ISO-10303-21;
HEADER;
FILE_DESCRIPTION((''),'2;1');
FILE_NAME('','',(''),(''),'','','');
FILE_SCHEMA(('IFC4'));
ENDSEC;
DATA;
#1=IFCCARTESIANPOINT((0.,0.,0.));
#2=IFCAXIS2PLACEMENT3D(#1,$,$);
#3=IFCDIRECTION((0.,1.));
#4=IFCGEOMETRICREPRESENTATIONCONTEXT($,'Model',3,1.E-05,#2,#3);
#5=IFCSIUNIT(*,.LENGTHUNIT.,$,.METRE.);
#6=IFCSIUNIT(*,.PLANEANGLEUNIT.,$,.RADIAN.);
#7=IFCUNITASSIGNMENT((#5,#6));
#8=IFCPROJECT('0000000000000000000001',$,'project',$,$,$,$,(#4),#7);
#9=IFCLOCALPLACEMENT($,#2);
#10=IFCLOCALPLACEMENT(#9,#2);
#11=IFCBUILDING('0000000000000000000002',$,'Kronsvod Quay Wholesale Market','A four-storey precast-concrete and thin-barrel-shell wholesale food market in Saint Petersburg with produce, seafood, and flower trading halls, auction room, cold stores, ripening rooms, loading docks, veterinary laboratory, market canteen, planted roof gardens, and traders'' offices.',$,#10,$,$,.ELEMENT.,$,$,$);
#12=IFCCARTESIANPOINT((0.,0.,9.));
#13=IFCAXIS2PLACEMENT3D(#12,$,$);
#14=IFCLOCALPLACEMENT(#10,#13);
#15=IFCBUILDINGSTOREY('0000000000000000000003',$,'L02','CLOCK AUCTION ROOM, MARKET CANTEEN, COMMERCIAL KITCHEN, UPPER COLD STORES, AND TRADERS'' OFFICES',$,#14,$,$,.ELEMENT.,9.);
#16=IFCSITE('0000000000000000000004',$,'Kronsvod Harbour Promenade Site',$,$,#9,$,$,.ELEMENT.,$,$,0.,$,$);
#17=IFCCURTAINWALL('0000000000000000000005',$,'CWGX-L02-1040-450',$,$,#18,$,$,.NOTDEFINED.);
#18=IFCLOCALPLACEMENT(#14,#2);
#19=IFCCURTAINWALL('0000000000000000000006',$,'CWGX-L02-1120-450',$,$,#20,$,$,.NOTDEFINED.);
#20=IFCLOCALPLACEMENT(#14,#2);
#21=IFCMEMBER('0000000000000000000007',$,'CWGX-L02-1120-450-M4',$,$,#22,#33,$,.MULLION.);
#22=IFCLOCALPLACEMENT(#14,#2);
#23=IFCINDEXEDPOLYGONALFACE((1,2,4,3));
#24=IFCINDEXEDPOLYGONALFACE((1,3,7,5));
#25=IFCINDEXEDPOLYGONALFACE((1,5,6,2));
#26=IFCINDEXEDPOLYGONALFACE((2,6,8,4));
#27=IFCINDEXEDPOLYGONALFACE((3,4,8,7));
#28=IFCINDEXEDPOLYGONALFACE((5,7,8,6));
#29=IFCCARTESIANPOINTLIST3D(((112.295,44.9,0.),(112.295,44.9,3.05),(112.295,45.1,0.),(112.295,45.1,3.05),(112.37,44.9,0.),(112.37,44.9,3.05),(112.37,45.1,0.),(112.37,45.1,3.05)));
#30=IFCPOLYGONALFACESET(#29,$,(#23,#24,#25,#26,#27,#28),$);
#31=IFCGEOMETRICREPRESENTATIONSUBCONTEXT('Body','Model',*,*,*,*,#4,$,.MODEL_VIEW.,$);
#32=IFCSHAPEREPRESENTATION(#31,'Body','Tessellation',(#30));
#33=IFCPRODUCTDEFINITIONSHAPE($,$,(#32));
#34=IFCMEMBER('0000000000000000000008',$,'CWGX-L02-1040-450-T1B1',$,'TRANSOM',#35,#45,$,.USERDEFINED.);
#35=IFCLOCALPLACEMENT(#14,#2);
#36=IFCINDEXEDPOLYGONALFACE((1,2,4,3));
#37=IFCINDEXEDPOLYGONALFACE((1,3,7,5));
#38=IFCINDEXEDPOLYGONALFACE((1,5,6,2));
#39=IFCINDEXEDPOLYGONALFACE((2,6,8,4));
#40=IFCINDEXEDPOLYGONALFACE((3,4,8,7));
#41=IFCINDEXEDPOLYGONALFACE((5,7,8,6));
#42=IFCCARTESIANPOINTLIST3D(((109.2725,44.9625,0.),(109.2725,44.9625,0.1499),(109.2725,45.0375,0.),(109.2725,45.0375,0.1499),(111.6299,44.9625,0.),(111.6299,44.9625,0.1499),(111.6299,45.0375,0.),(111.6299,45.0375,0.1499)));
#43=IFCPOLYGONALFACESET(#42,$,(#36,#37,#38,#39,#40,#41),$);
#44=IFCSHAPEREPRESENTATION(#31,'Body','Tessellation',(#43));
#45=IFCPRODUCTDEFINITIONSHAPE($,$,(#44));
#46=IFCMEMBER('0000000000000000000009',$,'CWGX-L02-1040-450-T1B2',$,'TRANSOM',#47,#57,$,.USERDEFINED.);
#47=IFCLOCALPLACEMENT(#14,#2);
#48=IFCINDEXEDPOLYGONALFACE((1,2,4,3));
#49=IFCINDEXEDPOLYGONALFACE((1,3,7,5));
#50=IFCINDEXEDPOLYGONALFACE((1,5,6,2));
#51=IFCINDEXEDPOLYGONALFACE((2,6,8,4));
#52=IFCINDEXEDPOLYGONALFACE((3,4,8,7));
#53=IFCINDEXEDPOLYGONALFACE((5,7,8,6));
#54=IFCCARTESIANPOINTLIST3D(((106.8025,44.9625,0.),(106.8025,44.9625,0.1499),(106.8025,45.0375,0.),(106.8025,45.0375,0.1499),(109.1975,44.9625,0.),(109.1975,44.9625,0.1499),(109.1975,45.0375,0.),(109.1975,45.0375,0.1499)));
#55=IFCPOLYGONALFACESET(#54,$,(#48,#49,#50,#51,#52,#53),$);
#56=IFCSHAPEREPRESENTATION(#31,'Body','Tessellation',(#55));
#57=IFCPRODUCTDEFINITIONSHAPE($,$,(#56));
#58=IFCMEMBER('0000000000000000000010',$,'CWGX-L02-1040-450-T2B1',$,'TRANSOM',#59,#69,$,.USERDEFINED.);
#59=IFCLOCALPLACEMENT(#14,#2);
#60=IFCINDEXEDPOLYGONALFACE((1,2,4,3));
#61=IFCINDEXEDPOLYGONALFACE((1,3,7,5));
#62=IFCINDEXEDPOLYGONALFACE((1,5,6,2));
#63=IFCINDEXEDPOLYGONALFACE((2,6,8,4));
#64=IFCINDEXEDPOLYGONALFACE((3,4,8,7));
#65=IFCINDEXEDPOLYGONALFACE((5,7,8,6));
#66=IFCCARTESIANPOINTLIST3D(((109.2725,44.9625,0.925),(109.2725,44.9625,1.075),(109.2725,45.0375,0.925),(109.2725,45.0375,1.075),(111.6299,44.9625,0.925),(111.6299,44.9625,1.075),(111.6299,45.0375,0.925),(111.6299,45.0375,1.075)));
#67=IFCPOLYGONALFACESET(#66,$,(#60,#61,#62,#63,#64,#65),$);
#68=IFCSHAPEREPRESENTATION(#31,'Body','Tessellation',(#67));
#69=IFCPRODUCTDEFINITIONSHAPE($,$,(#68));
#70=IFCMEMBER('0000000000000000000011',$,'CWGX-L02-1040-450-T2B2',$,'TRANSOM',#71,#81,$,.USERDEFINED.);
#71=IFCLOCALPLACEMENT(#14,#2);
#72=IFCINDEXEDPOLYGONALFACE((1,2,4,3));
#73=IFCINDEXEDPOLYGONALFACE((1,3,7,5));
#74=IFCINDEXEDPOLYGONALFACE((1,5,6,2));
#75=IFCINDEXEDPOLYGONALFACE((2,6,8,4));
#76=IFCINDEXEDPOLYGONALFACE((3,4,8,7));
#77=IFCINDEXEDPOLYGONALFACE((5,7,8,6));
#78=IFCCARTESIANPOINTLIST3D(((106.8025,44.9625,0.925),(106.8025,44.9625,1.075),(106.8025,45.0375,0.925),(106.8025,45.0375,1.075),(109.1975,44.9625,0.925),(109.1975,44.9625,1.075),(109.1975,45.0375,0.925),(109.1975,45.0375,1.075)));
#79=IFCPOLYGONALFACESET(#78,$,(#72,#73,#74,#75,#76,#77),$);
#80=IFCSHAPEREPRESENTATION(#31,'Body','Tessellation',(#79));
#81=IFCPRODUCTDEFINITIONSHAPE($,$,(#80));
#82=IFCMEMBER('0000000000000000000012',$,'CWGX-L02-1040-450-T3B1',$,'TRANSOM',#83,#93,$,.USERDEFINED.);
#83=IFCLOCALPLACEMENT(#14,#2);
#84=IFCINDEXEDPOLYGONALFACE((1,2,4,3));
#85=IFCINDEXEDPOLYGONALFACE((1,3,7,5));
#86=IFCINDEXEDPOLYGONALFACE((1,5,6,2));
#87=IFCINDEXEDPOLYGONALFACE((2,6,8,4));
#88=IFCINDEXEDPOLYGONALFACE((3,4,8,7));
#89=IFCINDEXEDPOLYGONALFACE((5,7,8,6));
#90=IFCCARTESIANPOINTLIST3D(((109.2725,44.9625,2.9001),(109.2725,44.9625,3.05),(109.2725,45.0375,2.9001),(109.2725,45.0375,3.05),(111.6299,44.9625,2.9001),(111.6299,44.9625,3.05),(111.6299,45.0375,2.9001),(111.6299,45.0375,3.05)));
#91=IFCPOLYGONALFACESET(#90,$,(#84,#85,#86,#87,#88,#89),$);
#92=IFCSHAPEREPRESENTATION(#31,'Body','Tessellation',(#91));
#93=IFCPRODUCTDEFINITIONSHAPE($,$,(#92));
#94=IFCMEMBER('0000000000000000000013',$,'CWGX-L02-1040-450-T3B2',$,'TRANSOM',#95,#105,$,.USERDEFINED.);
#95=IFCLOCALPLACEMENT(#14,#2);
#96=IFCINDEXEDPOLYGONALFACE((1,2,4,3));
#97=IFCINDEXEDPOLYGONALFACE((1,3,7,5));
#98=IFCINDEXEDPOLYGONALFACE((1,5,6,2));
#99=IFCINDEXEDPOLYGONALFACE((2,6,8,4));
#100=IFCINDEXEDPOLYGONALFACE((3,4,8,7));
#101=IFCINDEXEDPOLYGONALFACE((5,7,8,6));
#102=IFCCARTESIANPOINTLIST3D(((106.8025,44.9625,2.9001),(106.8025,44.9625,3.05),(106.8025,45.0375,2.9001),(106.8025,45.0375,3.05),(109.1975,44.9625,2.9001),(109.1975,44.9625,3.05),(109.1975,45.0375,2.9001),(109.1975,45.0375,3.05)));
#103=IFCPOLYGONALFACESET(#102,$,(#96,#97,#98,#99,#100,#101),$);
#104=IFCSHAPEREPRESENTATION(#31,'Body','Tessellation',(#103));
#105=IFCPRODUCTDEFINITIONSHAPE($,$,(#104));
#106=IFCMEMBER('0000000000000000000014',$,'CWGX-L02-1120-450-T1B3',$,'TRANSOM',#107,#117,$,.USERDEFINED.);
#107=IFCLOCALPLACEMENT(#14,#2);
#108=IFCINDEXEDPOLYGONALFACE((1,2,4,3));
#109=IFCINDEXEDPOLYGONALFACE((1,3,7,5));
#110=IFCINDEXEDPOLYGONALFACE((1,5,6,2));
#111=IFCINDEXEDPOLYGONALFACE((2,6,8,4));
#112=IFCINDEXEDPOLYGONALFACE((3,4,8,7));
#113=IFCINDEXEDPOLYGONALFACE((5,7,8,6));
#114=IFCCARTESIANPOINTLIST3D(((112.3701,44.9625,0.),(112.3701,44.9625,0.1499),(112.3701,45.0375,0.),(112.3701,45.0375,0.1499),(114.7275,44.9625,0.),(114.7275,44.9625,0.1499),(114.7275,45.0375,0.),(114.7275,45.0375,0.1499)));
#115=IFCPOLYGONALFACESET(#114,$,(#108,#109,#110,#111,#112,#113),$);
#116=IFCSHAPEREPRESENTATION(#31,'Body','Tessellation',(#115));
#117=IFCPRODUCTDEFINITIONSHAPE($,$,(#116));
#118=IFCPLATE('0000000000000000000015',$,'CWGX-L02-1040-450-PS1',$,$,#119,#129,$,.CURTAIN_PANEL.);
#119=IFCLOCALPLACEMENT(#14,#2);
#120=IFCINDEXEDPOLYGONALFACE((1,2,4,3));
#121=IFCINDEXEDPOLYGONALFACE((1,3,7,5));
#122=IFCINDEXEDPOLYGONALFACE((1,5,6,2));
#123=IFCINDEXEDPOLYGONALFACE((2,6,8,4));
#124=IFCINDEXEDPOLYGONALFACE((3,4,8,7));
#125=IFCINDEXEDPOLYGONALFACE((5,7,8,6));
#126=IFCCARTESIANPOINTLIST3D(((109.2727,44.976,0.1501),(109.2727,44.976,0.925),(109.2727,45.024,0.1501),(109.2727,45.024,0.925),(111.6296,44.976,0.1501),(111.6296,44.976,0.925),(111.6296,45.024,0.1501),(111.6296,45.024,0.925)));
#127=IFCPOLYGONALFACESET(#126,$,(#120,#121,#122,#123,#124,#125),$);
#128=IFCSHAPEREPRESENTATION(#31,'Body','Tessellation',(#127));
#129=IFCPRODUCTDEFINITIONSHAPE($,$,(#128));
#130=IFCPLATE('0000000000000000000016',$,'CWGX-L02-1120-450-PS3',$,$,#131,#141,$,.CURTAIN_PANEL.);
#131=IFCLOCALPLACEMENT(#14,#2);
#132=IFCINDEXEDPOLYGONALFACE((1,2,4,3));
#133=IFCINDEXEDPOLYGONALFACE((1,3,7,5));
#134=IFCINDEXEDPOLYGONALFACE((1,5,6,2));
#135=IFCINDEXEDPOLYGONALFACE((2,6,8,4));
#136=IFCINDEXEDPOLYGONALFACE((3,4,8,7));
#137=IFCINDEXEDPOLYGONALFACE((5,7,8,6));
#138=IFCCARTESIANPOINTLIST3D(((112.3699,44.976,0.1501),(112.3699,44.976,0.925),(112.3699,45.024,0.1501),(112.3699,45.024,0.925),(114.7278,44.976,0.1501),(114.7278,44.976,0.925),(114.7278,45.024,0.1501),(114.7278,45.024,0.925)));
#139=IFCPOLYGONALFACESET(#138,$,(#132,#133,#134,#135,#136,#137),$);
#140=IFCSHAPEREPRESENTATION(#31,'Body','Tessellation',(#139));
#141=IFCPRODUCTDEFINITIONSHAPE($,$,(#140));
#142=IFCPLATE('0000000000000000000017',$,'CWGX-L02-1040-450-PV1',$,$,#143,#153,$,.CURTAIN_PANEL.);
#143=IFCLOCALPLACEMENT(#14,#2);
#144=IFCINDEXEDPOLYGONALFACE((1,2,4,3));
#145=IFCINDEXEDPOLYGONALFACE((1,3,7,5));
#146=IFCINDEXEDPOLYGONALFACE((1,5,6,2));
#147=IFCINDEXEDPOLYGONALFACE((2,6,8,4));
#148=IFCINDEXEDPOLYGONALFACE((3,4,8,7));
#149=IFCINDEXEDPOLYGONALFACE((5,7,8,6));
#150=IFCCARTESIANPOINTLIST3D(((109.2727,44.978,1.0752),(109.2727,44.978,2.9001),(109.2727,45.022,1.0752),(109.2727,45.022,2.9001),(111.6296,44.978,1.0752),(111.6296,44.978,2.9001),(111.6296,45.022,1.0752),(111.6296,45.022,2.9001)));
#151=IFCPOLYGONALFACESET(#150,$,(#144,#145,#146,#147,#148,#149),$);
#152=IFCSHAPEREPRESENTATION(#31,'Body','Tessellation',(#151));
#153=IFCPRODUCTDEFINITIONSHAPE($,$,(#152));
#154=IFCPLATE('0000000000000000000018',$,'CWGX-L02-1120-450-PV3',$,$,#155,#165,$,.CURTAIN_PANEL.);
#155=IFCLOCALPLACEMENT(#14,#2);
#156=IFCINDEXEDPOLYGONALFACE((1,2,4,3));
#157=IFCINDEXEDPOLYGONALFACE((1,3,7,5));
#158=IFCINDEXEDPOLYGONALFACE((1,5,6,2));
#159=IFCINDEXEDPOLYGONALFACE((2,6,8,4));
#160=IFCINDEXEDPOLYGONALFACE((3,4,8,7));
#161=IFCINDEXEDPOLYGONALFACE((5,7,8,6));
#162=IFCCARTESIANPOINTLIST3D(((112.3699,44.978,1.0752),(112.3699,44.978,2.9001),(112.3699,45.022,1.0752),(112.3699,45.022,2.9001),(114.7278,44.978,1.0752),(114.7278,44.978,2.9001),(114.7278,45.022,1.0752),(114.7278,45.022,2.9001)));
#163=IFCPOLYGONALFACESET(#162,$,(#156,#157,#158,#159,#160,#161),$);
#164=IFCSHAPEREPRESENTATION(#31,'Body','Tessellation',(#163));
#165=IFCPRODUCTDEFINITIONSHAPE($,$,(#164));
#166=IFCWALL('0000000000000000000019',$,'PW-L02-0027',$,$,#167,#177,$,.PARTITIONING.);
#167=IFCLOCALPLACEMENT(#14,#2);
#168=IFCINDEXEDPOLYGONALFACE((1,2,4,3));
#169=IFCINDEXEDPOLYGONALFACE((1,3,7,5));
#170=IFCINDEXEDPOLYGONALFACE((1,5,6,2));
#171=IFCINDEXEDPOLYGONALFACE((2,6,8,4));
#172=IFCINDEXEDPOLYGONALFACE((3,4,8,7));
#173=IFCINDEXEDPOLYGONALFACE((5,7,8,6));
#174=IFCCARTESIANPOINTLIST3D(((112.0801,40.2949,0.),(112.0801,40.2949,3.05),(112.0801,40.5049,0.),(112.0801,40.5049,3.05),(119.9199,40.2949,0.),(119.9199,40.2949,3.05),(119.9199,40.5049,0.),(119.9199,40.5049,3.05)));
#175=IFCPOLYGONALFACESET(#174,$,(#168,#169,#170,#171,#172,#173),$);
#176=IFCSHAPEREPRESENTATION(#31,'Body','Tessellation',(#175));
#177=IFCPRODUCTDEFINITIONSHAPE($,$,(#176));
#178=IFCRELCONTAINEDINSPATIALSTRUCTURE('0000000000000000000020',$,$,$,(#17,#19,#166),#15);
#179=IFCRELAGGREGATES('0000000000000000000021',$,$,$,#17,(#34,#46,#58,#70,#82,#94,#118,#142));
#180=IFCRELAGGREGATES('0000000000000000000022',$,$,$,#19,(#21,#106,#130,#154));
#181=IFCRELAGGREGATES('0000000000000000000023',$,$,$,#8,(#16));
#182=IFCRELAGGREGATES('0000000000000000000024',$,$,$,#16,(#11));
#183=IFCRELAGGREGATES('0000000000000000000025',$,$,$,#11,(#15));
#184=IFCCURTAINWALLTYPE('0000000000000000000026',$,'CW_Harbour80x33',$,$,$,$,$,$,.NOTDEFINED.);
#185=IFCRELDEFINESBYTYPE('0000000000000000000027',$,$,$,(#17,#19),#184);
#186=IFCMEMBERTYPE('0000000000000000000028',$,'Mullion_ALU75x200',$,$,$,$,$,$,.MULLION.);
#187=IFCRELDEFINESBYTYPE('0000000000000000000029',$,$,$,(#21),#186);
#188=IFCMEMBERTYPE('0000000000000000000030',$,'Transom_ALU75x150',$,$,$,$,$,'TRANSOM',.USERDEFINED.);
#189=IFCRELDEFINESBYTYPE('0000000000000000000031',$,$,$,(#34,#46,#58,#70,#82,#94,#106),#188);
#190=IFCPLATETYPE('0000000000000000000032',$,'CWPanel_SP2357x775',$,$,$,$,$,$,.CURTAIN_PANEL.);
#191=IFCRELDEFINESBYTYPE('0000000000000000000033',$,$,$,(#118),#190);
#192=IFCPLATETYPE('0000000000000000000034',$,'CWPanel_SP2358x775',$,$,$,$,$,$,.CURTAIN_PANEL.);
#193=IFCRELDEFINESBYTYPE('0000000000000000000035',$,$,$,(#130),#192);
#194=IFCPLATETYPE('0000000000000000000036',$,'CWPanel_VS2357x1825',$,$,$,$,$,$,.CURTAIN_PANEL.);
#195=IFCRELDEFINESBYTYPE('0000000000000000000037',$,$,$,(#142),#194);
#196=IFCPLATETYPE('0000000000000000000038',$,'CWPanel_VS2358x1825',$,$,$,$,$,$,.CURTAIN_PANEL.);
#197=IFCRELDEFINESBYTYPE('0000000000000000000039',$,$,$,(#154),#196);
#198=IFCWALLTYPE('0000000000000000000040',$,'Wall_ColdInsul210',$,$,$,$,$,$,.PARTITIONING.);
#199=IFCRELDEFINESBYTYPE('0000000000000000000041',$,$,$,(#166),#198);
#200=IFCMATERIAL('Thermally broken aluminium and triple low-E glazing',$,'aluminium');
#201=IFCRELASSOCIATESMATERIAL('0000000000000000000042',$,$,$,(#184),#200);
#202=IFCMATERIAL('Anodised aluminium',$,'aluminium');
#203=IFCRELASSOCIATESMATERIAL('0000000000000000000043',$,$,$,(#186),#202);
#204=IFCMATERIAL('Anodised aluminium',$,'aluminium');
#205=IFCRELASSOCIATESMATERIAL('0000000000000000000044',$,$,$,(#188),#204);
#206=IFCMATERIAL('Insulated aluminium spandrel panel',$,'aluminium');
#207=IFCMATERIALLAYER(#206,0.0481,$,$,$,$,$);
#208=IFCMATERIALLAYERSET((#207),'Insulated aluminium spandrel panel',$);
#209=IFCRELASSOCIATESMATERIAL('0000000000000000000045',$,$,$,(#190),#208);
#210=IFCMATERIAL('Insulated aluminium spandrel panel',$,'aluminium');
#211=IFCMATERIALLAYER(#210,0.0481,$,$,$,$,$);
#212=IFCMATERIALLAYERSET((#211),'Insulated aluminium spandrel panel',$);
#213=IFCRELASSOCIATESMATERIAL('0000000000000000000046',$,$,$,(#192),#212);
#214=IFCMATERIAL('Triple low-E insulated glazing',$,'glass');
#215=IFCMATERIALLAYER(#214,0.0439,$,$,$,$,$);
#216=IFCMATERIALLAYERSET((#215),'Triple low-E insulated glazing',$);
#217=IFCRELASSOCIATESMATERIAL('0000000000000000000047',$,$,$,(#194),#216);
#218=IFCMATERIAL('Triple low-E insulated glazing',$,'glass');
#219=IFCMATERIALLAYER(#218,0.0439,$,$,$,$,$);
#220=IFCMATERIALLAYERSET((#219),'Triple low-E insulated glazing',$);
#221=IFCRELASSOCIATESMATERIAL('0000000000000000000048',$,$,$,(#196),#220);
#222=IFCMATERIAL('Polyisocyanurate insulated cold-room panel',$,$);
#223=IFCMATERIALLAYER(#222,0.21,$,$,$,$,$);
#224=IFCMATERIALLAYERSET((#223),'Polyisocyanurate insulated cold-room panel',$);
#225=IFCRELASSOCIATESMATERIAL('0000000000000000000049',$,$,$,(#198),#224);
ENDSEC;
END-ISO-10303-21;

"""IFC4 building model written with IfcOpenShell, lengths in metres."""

from ifc_helpers import new_model, si_unit, direction, frame, frame_2d, origin, origin_2d, place, context, subcontext, project, spatial, rectangle, extrude, material, layer, layer_set, material_profile, profile_set, type_object, element, aggregate, save


model = new_model("IFC4")

# Units and contexts
model_context = context("Model", 3, precision=1e-05, world=origin(), true_north=direction((0.0, 1.0)))
body_context = subcontext(model_context, "Body", "Model", "MODEL_VIEW")
ifc_project = project(units=[si_unit("LENGTHUNIT", "METRE"), si_unit("PLANEANGLEUNIT", "RADIAN")], contexts=[model_context])

# Site, building, storey
site_placement = place(None, origin())
site = spatial("IfcSite", under=ifc_project, at=site_placement, Name="Kronsvod Harbour Promenade Site", CompositionType="ELEMENT", RefElevation=0.0)
building_placement = place(site_placement, origin())
building = spatial("IfcBuilding", under=site, at=building_placement, Name="Kronsvod Quay Wholesale Market", Description="A four-storey precast-concrete and thin-barrel-shell wholesale food market in Saint Petersburg with produce, seafood, and flower trading halls, auction room, cold stores, ripening rooms, loading docks, veterinary laboratory, market canteen, planted roof gardens, and traders' offices.", CompositionType="ELEMENT")
storey_placement = place(building_placement, frame((0.0, 0.0, 9.0)))
storey = spatial("IfcBuildingStorey", under=building, at=storey_placement, Name="L02", Description="CLOCK AUCTION ROOM, MARKET CANTEEN, COMMERCIAL KITCHEN, UPPER COLD STORES, AND TRADERS' OFFICES", CompositionType="ELEMENT", Elevation=9.0)

# Curtain wall
ifc_material_1 = material(Name="Thermally broken aluminium and triple low-E glazing", Category="aluminium")
curtain_wall_type = type_object("IfcCurtainWallType", Name="CW_Harbour80x33", PredefinedType="NOTDEFINED", material=ifc_material_1)
curtain_wall_1_placement = place(storey_placement, origin())
curtain_wall_1 = element("IfcCurtainWall", 1, at=curtain_wall_1_placement, inside=storey, type_object=curtain_wall_type, Name="CWGX-L02-1040-450", PredefinedType="NOTDEFINED")
ifc_material_2 = material(Name="Anodised aluminium", Category="aluminium")
ifc_material_profile_1 = material_profile(ifc_material_2, rectangle(XDim=0.075, YDim=0.2, at=origin_2d()), Name="ALUM75x200")
ifc_profile_set_1 = profile_set([ifc_material_profile_1], Name="Anodised aluminium")
member_type_1 = type_object("IfcMemberType", Name="Mullion_ALU75x200", PredefinedType="MULLION", material=ifc_profile_set_1)

# Curtain wall, member
curtain_wall_2_placement = place(storey_placement, origin())
curtain_wall_2 = element("IfcCurtainWall", 2, at=curtain_wall_2_placement, inside=storey, type_object=curtain_wall_type, Name="CWGX-L02-1120-450", PredefinedType="NOTDEFINED")
member_1_placement = place(storey_placement, frame((112.3325, 45.0, 0.0), z_axis=(0.0, 0.0, 1.0), x_axis=(1.0, 0.0, 0.0)))
member_1 = element("IfcMember", 3, at=member_1_placement, type_object=member_type_1, Name="CWGX-L02-1120-450-M4", PredefinedType="MULLION", context=body_context, shape_type="SweptSolid", body=[
    extrude(rectangle(XDim=0.075, YDim=0.2, at=origin_2d()), origin(), (0.0, 0.0, 1.0), 3.05),
])

# Members
ifc_material_3 = material(Name="Anodised aluminium", Category="aluminium")
ifc_material_profile_2 = material_profile(ifc_material_3, rectangle(XDim=0.075, YDim=0.1499, at=origin_2d()), Name="ALUT75x150")
ifc_profile_set_2 = profile_set([ifc_material_profile_2], Name="Anodised aluminium")
member_type_2 = type_object("IfcMemberType", Name="Transom_ALU75x150", ElementType="TRANSOM", PredefinedType="USERDEFINED", material=ifc_profile_set_2)
member_2_placement = place(storey_placement, frame((111.6299, 45.0, 0.075), z_axis=(-1.0, 0.0, 0.0), x_axis=(0.0, -1.0, 0.0)))
member_2 = element("IfcMember", 4, at=member_2_placement, type_object=member_type_2, Name="CWGX-L02-1040-450-T1B1", ObjectType="TRANSOM", PredefinedType="USERDEFINED", context=body_context, shape_type="SweptSolid", body=[
    extrude(rectangle(XDim=0.075, YDim=0.1499, at=origin_2d()), origin(), (0.0, 0.0, 1.0), 2.3574),
])
member_3_placement = place(storey_placement, frame((109.1975, 45.0, 0.075), z_axis=(-1.0, 0.0, 0.0), x_axis=(0.0, -1.0, 0.0)))
member_3 = element("IfcMember", 5, at=member_3_placement, type_object=member_type_2, Name="CWGX-L02-1040-450-T1B2", ObjectType="TRANSOM", PredefinedType="USERDEFINED", context=body_context, shape_type="SweptSolid", body=[
    extrude(rectangle(XDim=0.075, YDim=0.1499, at=origin_2d()), origin(), (0.0, 0.0, 1.0), 2.395),
])
member_4_placement = place(storey_placement, frame((111.6299, 45.0, 1.0), z_axis=(-1.0, 0.0, 0.0), x_axis=(0.0, -1.0, 0.0)))
member_4 = element("IfcMember", 6, at=member_4_placement, type_object=member_type_2, Name="CWGX-L02-1040-450-T2B1", ObjectType="TRANSOM", PredefinedType="USERDEFINED", context=body_context, shape_type="SweptSolid", body=[
    extrude(rectangle(XDim=0.075, YDim=0.1499, at=origin_2d()), origin(), (0.0, 0.0, 1.0), 2.3574),
])
member_5_placement = place(storey_placement, frame((109.1975, 45.0, 1.0), z_axis=(-1.0, 0.0, 0.0), x_axis=(0.0, -1.0, 0.0)))
member_5 = element("IfcMember", 7, at=member_5_placement, type_object=member_type_2, Name="CWGX-L02-1040-450-T2B2", ObjectType="TRANSOM", PredefinedType="USERDEFINED", context=body_context, shape_type="SweptSolid", body=[
    extrude(rectangle(XDim=0.075, YDim=0.1499, at=origin_2d()), origin(), (0.0, 0.0, 1.0), 2.395),
])
member_6_placement = place(storey_placement, frame((111.6299, 45.0, 2.9751), z_axis=(-1.0, 0.0, 0.0), x_axis=(0.0, -1.0, 0.0)))
member_6 = element("IfcMember", 8, at=member_6_placement, type_object=member_type_2, Name="CWGX-L02-1040-450-T3B1", ObjectType="TRANSOM", PredefinedType="USERDEFINED", context=body_context, shape_type="SweptSolid", body=[
    extrude(rectangle(XDim=0.075, YDim=0.1499, at=origin_2d()), origin(), (0.0, 0.0, 1.0), 2.3574),
])
member_7_placement = place(storey_placement, frame((109.1975, 45.0, 2.9751), z_axis=(-1.0, 0.0, 0.0), x_axis=(0.0, -1.0, 0.0)))
member_7 = element("IfcMember", 9, at=member_7_placement, type_object=member_type_2, Name="CWGX-L02-1040-450-T3B2", ObjectType="TRANSOM", PredefinedType="USERDEFINED", context=body_context, shape_type="SweptSolid", body=[
    extrude(rectangle(XDim=0.075, YDim=0.1499, at=origin_2d()), origin(), (0.0, 0.0, 1.0), 2.395),
])
member_8_placement = place(storey_placement, frame((114.7275, 45.0, 0.075), z_axis=(-1.0, 0.0, 0.0), x_axis=(0.0, -1.0, 0.0)))
member_8 = element("IfcMember", 10, at=member_8_placement, type_object=member_type_2, Name="CWGX-L02-1120-450-T1B3", ObjectType="TRANSOM", PredefinedType="USERDEFINED", context=body_context, shape_type="SweptSolid", body=[
    extrude(rectangle(XDim=0.075, YDim=0.1499, at=origin_2d()), origin(), (0.0, 0.0, 1.0), 2.3574),
])

# Plates
ifc_material_4 = material(Name="Insulated aluminium spandrel panel", Category="aluminium")
ifc_layer_1 = layer(ifc_material_4, 0.0481)
ifc_layer_set_1 = layer_set([ifc_layer_1], Name="Insulated aluminium spandrel panel")
plate_type_1 = type_object("IfcPlateType", Name="CWPanel_SP2357x775", PredefinedType="CURTAIN_PANEL", material=ifc_layer_set_1)
plate_1_placement = place(storey_placement, frame((110.4512, 45.0, 0.1501), z_axis=(0.0, 0.0, 1.0), x_axis=(-1.0, 0.0, 0.0)))
plate_1 = element("IfcPlate", 11, at=plate_1_placement, type_object=plate_type_1, Name="CWGX-L02-1040-450-PS1", PredefinedType="CURTAIN_PANEL", context=body_context, shape_type="SweptSolid", body=[
    extrude(rectangle(XDim=2.3569, YDim=0.0481, at=origin_2d()), origin(), (0.0, 0.0, 1.0), 0.7749),
])
ifc_material_5 = material(Name="Insulated aluminium spandrel panel", Category="aluminium")
ifc_layer_2 = layer(ifc_material_5, 0.0481)
ifc_layer_set_2 = layer_set([ifc_layer_2], Name="Insulated aluminium spandrel panel")
plate_type_2 = type_object("IfcPlateType", Name="CWPanel_SP2358x775", PredefinedType="CURTAIN_PANEL", material=ifc_layer_set_2)
plate_2_placement = place(storey_placement, frame((113.5488, 45.0, 0.1501), z_axis=(0.0, 0.0, 1.0), x_axis=(-1.0, 0.0, 0.0)))
plate_2 = element("IfcPlate", 12, at=plate_2_placement, type_object=plate_type_2, Name="CWGX-L02-1120-450-PS3", PredefinedType="CURTAIN_PANEL", context=body_context, shape_type="SweptSolid", body=[
    extrude(rectangle(XDim=2.3579, YDim=0.0481, at=origin_2d()), origin(), (0.0, 0.0, 1.0), 0.7749),
])
ifc_material_6 = material(Name="Triple low-E insulated glazing", Category="glass")
ifc_layer_3 = layer(ifc_material_6, 0.0439)
ifc_layer_set_3 = layer_set([ifc_layer_3], Name="Triple low-E insulated glazing")
plate_type_3 = type_object("IfcPlateType", Name="CWPanel_VS2357x1825", PredefinedType="CURTAIN_PANEL", material=ifc_layer_set_3)
plate_3_placement = place(storey_placement, frame((110.4512, 45.0, 1.0752), z_axis=(0.0, 0.0, 1.0), x_axis=(-1.0, 0.0, 0.0)))
plate_3 = element("IfcPlate", 13, at=plate_3_placement, type_object=plate_type_3, Name="CWGX-L02-1040-450-PV1", PredefinedType="CURTAIN_PANEL", context=body_context, shape_type="SweptSolid", body=[
    extrude(rectangle(XDim=2.3569, YDim=0.0439, at=origin_2d()), origin(), (0.0, 0.0, 1.0), 1.825),
])
aggregate(curtain_wall_1, [member_2, member_3, member_4, member_5, member_6, member_7, plate_1, plate_3])
ifc_material_7 = material(Name="Triple low-E insulated glazing", Category="glass")
ifc_layer_4 = layer(ifc_material_7, 0.0439)
ifc_layer_set_4 = layer_set([ifc_layer_4], Name="Triple low-E insulated glazing")
plate_type_4 = type_object("IfcPlateType", Name="CWPanel_VS2358x1825", PredefinedType="CURTAIN_PANEL", material=ifc_layer_set_4)
plate_4_placement = place(storey_placement, frame((113.5488, 45.0, 1.0752), z_axis=(0.0, 0.0, 1.0), x_axis=(-1.0, 0.0, 0.0)))
plate_4 = element("IfcPlate", 14, at=plate_4_placement, type_object=plate_type_4, Name="CWGX-L02-1120-450-PV3", PredefinedType="CURTAIN_PANEL", context=body_context, shape_type="SweptSolid", body=[
    extrude(rectangle(XDim=2.3579, YDim=0.0439, at=origin_2d()), origin(), (0.0, 0.0, 1.0), 1.825),
])
aggregate(curtain_wall_2, [member_1, member_8, plate_2, plate_4])

# Wall
ifc_material_8 = material(Name="Polyisocyanurate insulated cold-room panel")
ifc_layer_5 = layer(ifc_material_8, 0.21)
ifc_layer_set_5 = layer_set([ifc_layer_5], Name="Polyisocyanurate insulated cold-room panel")
wall_type_1 = type_object("IfcWallType", Name="Wall_ColdInsul210", PredefinedType="PARTITIONING", material=ifc_layer_set_5)
wall_1_placement = place(storey_placement, frame((112.0801, 40.3999, 0.0), z_axis=(0.0, 0.0, 1.0), x_axis=(1.0, 0.0, 0.0)))
element("IfcWall", 15, at=wall_1_placement, inside=storey, type_object=wall_type_1, Name="PW-L02-0027", PredefinedType="PARTITIONING", context=body_context, shape_type="SweptSolid", body=[
    extrude(rectangle(XDim=7.8398, YDim=0.21, at=frame_2d((3.9199, 0.0))), origin(), (0.0, 0.0, 1.0), 3.05),
])

save(model, "model.ifc")
